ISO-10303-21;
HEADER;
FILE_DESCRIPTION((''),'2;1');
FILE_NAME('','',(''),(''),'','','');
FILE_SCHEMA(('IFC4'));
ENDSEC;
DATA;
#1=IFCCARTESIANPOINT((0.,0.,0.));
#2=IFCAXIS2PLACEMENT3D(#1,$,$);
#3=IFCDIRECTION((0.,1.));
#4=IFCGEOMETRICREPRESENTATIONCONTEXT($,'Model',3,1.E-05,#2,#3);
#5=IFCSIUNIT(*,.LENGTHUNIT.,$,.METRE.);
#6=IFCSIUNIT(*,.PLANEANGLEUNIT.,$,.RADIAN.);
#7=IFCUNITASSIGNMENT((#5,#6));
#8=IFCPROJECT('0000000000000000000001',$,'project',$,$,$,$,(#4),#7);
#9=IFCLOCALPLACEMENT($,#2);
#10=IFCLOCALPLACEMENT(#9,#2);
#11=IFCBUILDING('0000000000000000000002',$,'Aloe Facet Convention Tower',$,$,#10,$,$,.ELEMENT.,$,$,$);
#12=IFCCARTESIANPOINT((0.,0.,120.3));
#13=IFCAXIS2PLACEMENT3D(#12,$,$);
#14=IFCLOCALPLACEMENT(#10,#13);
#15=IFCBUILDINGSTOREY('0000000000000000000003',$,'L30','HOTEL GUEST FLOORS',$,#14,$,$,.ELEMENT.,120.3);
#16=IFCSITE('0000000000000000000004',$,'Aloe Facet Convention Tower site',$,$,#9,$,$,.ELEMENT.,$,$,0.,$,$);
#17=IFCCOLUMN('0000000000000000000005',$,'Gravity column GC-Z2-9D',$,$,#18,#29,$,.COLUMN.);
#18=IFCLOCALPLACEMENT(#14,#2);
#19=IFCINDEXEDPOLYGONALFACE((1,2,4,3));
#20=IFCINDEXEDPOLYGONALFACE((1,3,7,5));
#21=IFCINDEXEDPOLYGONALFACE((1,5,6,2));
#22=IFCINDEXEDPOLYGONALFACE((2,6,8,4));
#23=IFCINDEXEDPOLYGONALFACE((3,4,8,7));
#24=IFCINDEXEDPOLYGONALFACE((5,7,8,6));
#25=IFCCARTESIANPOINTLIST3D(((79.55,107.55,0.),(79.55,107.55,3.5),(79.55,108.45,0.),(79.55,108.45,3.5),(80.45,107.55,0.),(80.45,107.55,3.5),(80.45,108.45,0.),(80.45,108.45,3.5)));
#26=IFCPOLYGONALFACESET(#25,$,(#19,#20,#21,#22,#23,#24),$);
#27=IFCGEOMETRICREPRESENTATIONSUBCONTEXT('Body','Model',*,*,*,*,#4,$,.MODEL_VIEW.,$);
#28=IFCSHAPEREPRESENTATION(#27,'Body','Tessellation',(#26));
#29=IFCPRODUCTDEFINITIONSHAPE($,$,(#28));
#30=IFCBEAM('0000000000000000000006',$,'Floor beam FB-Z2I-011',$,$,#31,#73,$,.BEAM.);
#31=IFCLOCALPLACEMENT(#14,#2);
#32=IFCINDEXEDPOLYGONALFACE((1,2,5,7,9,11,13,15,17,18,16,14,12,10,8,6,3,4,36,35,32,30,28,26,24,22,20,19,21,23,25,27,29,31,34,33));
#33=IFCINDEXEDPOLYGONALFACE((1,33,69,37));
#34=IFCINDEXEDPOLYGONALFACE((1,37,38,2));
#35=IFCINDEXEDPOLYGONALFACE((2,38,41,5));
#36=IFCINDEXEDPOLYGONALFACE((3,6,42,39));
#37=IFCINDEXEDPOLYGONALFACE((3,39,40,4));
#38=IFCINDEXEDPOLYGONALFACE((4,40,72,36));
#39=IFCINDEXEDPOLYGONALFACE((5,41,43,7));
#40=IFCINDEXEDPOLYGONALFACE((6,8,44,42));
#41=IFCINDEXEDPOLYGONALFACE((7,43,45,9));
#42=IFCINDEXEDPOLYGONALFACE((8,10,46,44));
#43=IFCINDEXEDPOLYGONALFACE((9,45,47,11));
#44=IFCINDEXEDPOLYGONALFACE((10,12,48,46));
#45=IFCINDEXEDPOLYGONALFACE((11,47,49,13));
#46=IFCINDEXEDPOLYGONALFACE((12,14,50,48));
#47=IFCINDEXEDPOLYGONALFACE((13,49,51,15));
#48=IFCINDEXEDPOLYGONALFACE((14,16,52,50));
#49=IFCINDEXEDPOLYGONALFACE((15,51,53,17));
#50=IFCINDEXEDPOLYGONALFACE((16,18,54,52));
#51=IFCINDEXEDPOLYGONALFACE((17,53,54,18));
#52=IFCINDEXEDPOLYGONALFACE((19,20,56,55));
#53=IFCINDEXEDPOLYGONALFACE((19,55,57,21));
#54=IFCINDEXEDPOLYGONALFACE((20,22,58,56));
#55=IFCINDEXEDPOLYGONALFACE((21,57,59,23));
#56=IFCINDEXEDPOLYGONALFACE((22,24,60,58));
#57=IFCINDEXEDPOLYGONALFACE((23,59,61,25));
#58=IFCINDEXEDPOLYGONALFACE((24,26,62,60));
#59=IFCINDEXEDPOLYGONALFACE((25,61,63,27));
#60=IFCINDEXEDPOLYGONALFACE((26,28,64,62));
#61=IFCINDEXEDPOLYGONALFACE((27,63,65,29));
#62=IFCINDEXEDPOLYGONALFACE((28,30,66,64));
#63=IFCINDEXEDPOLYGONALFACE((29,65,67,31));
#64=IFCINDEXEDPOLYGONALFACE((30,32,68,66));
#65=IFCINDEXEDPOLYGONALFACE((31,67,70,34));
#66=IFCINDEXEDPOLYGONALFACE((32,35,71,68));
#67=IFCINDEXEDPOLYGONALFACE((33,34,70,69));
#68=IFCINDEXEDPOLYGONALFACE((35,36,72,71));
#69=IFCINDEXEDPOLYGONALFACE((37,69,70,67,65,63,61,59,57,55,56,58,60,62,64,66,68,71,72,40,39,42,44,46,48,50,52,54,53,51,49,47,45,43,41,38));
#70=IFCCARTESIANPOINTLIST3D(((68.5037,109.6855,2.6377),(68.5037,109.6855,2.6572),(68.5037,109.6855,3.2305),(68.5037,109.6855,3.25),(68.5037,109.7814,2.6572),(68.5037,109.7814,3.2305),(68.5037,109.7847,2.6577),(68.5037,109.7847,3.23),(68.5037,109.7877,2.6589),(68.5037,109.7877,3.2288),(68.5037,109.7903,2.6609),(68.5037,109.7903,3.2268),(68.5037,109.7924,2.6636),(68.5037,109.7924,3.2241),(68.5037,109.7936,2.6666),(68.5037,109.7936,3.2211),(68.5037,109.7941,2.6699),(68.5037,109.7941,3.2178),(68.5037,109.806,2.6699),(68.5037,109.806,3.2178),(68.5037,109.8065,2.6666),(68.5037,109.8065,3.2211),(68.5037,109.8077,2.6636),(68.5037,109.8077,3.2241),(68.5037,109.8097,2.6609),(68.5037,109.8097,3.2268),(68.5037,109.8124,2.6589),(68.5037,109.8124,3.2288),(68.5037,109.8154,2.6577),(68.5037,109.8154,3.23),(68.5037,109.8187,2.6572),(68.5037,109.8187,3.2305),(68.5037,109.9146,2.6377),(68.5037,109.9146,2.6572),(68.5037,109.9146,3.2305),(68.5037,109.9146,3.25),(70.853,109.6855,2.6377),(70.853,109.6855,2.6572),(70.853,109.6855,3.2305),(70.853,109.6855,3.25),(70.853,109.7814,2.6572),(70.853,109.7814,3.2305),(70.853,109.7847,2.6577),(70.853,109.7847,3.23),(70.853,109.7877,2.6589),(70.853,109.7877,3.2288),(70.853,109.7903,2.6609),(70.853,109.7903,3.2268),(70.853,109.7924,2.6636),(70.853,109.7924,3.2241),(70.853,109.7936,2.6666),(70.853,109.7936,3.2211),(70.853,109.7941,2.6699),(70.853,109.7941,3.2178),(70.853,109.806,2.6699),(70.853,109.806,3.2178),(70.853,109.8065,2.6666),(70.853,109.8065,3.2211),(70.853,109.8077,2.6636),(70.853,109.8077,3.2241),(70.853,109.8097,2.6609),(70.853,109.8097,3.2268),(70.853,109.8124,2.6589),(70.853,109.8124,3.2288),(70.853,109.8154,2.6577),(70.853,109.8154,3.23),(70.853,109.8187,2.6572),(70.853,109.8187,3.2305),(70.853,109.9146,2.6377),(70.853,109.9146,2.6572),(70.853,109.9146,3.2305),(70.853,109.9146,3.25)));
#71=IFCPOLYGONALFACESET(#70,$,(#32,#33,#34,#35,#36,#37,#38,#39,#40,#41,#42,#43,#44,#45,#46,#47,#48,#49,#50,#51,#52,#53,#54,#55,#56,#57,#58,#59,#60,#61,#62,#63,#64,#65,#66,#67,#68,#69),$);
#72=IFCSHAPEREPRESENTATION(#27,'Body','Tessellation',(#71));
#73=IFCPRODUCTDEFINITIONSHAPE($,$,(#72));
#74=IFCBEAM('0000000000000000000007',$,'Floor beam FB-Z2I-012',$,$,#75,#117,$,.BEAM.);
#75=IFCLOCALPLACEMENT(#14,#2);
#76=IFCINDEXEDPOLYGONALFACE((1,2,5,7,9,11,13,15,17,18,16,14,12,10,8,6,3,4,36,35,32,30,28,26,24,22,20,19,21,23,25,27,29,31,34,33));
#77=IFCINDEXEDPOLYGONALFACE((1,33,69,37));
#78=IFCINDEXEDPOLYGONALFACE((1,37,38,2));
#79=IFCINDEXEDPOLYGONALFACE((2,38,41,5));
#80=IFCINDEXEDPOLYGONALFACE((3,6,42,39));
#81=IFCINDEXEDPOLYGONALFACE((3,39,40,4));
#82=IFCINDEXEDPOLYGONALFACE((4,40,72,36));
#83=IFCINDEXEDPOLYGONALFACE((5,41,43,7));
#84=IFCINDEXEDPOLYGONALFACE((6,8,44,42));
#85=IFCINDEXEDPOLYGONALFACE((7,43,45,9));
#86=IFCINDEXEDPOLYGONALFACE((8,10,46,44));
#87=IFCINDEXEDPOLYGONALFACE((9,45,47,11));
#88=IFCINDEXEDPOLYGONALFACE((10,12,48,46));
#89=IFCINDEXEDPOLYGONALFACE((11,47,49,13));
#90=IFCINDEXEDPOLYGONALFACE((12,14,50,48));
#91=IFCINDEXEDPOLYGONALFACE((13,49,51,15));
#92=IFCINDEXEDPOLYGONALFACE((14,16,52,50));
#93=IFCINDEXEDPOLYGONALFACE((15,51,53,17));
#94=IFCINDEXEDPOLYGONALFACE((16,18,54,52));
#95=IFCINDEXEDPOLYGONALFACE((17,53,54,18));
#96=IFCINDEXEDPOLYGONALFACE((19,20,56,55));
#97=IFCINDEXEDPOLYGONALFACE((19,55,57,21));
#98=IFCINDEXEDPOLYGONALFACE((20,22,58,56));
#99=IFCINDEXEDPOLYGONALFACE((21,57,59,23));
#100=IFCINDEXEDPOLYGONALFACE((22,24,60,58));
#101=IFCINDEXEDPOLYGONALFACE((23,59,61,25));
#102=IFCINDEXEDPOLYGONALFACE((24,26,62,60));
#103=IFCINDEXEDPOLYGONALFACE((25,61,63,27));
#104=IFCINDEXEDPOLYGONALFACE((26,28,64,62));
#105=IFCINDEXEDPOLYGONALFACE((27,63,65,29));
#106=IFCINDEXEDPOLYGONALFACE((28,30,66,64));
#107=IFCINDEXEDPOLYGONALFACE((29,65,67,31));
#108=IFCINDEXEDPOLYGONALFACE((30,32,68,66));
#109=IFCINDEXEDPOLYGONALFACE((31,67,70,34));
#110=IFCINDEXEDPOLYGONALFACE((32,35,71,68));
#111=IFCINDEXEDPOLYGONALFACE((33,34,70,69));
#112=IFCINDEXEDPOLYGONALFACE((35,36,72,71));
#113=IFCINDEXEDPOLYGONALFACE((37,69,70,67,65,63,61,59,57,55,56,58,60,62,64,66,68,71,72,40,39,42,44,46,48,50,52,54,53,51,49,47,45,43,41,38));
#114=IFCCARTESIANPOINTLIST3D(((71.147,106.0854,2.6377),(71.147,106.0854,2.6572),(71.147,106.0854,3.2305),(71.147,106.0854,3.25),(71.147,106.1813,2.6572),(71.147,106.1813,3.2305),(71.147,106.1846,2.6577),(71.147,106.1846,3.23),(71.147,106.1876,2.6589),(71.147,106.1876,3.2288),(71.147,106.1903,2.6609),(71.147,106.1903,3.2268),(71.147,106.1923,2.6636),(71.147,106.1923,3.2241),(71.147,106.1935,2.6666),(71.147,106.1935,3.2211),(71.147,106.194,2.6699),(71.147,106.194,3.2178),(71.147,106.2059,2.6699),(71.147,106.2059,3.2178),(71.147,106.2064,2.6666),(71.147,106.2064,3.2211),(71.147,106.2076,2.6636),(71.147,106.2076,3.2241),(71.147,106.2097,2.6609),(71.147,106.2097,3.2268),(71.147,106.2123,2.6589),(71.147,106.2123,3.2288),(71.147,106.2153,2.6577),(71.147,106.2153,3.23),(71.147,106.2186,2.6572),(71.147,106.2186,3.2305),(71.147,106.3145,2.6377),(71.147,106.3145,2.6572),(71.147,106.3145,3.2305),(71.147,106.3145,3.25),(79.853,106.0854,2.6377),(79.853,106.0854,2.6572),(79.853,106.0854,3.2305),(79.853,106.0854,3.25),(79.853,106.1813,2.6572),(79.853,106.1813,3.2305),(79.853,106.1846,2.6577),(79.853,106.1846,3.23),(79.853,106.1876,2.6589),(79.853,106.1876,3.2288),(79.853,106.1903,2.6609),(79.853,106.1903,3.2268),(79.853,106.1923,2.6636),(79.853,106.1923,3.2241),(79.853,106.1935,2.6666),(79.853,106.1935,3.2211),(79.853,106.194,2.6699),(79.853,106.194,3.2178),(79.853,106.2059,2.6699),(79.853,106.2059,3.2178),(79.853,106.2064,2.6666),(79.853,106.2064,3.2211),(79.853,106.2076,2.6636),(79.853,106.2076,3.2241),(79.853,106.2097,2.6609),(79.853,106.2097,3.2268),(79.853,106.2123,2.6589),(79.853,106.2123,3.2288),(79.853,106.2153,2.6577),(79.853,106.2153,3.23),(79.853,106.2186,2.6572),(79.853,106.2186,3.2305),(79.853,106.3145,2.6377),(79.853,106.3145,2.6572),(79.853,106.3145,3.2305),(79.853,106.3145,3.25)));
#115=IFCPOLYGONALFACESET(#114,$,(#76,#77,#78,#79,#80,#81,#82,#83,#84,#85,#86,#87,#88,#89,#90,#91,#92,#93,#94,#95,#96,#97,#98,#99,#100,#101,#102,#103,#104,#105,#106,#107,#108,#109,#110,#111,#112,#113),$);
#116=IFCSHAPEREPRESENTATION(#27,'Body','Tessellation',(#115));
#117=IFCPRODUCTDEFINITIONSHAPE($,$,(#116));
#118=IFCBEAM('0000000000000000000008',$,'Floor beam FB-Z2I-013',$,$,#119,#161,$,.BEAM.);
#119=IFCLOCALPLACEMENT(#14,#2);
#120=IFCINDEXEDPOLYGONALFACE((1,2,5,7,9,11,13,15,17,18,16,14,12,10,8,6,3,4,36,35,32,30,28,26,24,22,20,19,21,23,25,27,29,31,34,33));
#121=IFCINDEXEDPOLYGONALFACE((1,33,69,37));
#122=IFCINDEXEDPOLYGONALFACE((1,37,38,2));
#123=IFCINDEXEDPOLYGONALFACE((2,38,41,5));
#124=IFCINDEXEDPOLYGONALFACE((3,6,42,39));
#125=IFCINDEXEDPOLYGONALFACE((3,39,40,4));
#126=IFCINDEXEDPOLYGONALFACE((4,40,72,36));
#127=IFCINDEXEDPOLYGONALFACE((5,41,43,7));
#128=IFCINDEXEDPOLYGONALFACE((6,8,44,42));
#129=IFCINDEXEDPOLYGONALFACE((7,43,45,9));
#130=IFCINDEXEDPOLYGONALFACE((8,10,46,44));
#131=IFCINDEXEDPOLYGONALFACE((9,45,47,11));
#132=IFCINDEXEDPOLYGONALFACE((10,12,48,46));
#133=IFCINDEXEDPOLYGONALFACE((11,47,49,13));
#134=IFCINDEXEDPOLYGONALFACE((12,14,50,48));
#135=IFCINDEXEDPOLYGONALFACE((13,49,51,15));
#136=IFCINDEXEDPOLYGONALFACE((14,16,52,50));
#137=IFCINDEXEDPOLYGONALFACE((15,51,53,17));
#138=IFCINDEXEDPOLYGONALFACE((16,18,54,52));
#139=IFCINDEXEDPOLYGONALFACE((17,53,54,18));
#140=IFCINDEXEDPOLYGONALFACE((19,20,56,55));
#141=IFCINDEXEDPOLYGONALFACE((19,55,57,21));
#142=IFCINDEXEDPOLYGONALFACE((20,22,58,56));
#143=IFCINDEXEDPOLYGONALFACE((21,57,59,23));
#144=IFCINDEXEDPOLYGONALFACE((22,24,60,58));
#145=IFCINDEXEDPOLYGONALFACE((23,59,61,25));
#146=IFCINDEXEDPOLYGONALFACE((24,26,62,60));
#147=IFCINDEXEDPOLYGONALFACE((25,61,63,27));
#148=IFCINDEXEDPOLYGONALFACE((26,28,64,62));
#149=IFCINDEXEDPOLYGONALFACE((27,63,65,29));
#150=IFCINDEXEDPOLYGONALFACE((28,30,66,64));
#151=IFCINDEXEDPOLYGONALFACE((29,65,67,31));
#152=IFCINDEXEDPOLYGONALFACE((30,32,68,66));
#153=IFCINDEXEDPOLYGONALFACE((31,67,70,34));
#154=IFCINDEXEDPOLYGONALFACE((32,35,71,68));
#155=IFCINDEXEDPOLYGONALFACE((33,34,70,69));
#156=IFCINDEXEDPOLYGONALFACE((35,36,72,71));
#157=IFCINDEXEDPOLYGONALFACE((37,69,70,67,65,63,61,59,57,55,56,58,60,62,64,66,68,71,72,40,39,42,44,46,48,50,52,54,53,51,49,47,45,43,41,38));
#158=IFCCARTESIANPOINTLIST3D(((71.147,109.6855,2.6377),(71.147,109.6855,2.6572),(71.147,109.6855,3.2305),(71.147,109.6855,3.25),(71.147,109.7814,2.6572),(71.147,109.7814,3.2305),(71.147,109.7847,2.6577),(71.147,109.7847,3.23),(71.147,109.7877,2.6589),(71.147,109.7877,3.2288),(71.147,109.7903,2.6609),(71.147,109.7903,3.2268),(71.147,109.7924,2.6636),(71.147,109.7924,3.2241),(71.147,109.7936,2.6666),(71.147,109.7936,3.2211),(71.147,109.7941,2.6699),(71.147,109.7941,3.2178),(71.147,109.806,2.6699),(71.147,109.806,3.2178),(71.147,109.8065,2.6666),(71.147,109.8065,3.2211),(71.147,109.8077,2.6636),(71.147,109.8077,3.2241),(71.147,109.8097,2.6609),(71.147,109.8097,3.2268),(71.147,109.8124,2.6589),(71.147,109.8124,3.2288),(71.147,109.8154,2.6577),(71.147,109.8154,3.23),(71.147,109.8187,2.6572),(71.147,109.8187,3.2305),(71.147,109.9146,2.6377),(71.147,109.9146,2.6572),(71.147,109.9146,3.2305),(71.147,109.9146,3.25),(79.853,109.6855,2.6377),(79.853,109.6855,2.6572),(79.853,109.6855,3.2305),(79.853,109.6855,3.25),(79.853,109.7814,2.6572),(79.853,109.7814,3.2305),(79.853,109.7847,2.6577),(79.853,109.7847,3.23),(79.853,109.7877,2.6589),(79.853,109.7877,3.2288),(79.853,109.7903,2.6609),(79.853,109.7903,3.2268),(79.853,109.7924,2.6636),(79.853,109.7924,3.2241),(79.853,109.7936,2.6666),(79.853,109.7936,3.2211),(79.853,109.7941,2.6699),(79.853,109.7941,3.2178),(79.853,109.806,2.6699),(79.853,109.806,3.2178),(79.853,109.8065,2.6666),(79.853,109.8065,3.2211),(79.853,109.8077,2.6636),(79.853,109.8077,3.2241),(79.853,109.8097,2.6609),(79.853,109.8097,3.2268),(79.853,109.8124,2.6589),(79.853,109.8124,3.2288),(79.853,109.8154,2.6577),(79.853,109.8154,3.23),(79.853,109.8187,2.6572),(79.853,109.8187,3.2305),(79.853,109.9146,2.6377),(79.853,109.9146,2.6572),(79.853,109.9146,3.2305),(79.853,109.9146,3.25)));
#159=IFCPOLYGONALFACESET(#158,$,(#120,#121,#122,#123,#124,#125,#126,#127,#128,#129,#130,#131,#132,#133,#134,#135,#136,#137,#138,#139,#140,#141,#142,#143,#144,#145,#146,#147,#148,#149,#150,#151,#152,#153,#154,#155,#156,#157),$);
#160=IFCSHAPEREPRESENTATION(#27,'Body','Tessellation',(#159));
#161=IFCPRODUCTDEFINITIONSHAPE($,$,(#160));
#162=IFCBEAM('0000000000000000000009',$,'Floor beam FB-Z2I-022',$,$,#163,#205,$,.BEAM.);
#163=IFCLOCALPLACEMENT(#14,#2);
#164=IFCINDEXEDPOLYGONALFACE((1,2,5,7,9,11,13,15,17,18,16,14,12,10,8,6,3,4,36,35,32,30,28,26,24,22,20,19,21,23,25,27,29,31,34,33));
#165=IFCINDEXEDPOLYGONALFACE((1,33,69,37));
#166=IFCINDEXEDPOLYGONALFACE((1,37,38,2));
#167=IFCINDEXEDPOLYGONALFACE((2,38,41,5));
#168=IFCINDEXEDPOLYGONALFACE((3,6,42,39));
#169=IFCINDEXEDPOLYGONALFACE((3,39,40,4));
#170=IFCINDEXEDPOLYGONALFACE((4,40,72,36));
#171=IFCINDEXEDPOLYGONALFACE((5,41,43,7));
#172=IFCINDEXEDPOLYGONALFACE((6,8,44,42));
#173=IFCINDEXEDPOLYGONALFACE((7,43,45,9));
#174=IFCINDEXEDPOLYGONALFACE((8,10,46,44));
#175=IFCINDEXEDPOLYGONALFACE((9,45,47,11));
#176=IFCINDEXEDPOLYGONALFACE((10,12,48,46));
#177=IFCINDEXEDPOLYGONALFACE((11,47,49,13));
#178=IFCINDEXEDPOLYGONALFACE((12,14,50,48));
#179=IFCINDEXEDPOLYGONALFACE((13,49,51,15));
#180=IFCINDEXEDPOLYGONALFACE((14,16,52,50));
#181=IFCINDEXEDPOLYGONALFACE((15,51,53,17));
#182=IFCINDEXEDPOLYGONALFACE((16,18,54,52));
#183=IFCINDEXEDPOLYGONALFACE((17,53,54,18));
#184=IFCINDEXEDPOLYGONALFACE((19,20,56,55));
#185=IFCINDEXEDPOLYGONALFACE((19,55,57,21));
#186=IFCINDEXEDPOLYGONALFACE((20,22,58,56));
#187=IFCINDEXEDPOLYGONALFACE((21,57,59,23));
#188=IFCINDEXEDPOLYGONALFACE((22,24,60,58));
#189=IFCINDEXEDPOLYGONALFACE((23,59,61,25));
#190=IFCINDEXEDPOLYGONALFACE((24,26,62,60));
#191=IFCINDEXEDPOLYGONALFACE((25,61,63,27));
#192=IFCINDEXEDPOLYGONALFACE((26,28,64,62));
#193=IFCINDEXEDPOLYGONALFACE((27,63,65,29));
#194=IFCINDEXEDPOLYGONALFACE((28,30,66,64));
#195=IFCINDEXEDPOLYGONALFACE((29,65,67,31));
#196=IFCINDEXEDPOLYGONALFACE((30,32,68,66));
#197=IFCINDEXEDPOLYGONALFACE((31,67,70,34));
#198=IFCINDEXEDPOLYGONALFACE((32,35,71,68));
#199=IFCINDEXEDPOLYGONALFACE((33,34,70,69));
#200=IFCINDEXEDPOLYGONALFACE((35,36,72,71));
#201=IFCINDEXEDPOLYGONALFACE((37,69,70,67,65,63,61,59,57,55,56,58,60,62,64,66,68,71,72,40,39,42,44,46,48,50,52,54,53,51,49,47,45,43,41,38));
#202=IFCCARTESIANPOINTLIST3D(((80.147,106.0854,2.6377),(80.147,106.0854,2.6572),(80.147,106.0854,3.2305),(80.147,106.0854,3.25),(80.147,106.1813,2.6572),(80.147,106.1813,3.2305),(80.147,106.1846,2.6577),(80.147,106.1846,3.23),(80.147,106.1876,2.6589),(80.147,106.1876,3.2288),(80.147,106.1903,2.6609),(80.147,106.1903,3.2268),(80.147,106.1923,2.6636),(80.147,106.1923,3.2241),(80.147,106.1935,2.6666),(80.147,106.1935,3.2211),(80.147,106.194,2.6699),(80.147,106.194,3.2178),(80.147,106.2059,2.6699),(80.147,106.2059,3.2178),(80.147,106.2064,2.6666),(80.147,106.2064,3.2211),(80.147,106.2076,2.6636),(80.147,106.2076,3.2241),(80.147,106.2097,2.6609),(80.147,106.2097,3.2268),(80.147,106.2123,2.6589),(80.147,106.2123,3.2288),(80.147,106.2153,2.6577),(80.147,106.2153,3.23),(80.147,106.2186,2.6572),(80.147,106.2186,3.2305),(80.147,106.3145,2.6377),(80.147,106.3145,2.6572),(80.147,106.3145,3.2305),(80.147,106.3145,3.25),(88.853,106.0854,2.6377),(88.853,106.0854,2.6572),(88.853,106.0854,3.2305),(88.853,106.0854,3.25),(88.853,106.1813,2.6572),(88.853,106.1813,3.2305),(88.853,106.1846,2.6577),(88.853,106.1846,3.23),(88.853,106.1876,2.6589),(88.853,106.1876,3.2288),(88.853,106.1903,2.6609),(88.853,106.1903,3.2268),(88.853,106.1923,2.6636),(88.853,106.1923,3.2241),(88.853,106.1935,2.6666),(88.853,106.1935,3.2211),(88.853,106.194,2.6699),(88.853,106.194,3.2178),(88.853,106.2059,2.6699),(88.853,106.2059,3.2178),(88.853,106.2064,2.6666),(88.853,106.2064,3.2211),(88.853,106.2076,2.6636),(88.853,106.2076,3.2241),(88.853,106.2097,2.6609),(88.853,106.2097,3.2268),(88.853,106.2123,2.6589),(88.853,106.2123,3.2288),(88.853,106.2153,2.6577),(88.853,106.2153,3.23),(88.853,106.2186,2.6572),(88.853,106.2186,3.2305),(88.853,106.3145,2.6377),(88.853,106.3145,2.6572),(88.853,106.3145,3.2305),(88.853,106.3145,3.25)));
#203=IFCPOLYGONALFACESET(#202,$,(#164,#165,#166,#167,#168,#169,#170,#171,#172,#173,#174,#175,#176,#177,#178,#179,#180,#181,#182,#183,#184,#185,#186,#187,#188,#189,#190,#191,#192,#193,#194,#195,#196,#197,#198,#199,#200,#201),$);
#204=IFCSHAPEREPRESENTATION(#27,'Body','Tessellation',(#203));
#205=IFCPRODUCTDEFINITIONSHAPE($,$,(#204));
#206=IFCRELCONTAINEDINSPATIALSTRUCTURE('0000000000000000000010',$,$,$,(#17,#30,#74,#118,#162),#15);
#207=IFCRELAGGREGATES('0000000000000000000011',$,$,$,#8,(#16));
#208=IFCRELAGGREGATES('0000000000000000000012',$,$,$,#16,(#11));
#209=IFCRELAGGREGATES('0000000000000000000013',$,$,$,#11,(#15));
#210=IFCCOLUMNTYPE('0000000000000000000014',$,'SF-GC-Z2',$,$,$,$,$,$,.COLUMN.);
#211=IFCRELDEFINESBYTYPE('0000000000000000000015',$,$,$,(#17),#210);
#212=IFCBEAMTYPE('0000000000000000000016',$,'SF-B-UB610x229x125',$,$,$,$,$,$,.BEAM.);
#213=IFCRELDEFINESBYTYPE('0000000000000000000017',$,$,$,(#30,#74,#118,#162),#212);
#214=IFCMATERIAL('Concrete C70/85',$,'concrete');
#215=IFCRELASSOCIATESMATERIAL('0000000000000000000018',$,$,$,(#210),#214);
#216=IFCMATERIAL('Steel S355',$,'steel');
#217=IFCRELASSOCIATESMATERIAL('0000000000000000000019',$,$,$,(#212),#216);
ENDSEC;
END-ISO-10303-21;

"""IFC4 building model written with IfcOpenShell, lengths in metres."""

from ifc_helpers import new_model, si_unit, direction, frame, origin, origin_2d, place, context, subcontext, project, spatial, rectangle, i_section, extrude, material, material_profile, profile_set, type_object, element, save


model = new_model("IFC4")

# Units and contexts
model_context = context("Model", 3, precision=1e-05, world=origin(), true_north=direction((0.0, 1.0)))
body_context = subcontext(model_context, "Body", "Model", "MODEL_VIEW")
ifc_project = project(units=[si_unit("LENGTHUNIT", "METRE"), si_unit("PLANEANGLEUNIT", "RADIAN")], contexts=[model_context])

# Site, building, storey
site_placement = place(None, origin())
site = spatial("IfcSite", under=ifc_project, at=site_placement, Name="Aloe Facet Convention Tower site", CompositionType="ELEMENT", RefElevation=0.0)
building_placement = place(site_placement, origin())
building = spatial("IfcBuilding", under=site, at=building_placement, Name="Aloe Facet Convention Tower", CompositionType="ELEMENT")
storey_placement = place(building_placement, frame((0.0, 0.0, 120.3)))
storey = spatial("IfcBuildingStorey", under=building, at=storey_placement, Name="L30", Description="HOTEL GUEST FLOORS", CompositionType="ELEMENT", Elevation=120.3)

# Column
ifc_material_1 = material(Name="Concrete C70/85", Category="concrete")
ifc_material_profile_1 = material_profile(ifc_material_1, rectangle(XDim=0.8999, YDim=0.8999, at=origin_2d()), Name="SF-GC-Z2")
ifc_profile_set_1 = profile_set([ifc_material_profile_1], Name="Concrete C70/85")
column_type = type_object("IfcColumnType", Name="SF-GC-Z2", PredefinedType="COLUMN", material=ifc_profile_set_1)
column_placement = place(storey_placement, frame((80.0, 108.0, 0.0), z_axis=(0.0, 0.0, 1.0), x_axis=(1.0, 0.0, 0.0)))
element("IfcColumn", 1, at=column_placement, inside=storey, type_object=column_type, Name="Gravity column GC-Z2-9D", PredefinedType="COLUMN", context=body_context, shape_type="SweptSolid", body=[
    extrude(rectangle(XDim=0.8999, YDim=0.8999, at=origin_2d()), origin(), (0.0, 0.0, 1.0), 3.5),
])

# Beams
ifc_material_2 = material(Name="Steel S355", Category="steel")
ifc_material_profile_2 = material_profile(ifc_material_2, i_section(OverallWidth=0.229, OverallDepth=0.6123, WebThickness=0.012, FlangeThickness=0.0195, FilletRadius=0.0127, at=origin_2d()), Name="UB 610x229x125")
ifc_profile_set_2 = profile_set([ifc_material_profile_2], Name="Steel S355")
beam_type_1 = type_object("IfcBeamType", Name="SF-B-UB610x229x125", PredefinedType="BEAM", material=ifc_profile_set_2)
beam_1_placement = place(storey_placement, frame((68.5037, 109.8, 2.9438), z_axis=(1.0, 0.0, 0.0), x_axis=(0.0, 1.0, 0.0)))
element("IfcBeam", 2, at=beam_1_placement, inside=storey, type_object=beam_type_1, Name="Floor beam FB-Z2I-011", PredefinedType="BEAM", context=body_context, shape_type="SweptSolid", body=[
    extrude(i_section(OverallWidth=0.229, OverallDepth=0.6123, WebThickness=0.012, FlangeThickness=0.0195, FilletRadius=0.0127, at=origin_2d()), origin(), (0.0, 0.0, 1.0), 2.3494),
])
for number, where, z_axis, x_axis, name in (
    (3, (71.147, 106.2, 2.9438), (1.0, 0.0, 0.0), (0.0, 1.0, 0.0), "Floor beam FB-Z2I-012"),
    (4, (71.147, 109.8, 2.9438), (1.0, 0.0, 0.0), (0.0, 1.0, 0.0), "Floor beam FB-Z2I-013"),
    (5, (80.147, 106.2, 2.9438), (1.0, 0.0, 0.0), (0.0, 1.0, 0.0), "Floor beam FB-Z2I-022"),
):
    element("IfcBeam", number, at=place(storey_placement, frame(where, z_axis=z_axis, x_axis=x_axis)), inside=storey, type_object=beam_type_1, Name=name, PredefinedType="BEAM", context=body_context, shape_type="SweptSolid", body=[
        extrude(i_section(OverallWidth=0.229, OverallDepth=0.6123, WebThickness=0.012, FlangeThickness=0.0195, FilletRadius=0.0127, at=origin_2d()), origin(), (0.0, 0.0, 1.0), 8.7061),
    ])

save(model, "model.ifc")
